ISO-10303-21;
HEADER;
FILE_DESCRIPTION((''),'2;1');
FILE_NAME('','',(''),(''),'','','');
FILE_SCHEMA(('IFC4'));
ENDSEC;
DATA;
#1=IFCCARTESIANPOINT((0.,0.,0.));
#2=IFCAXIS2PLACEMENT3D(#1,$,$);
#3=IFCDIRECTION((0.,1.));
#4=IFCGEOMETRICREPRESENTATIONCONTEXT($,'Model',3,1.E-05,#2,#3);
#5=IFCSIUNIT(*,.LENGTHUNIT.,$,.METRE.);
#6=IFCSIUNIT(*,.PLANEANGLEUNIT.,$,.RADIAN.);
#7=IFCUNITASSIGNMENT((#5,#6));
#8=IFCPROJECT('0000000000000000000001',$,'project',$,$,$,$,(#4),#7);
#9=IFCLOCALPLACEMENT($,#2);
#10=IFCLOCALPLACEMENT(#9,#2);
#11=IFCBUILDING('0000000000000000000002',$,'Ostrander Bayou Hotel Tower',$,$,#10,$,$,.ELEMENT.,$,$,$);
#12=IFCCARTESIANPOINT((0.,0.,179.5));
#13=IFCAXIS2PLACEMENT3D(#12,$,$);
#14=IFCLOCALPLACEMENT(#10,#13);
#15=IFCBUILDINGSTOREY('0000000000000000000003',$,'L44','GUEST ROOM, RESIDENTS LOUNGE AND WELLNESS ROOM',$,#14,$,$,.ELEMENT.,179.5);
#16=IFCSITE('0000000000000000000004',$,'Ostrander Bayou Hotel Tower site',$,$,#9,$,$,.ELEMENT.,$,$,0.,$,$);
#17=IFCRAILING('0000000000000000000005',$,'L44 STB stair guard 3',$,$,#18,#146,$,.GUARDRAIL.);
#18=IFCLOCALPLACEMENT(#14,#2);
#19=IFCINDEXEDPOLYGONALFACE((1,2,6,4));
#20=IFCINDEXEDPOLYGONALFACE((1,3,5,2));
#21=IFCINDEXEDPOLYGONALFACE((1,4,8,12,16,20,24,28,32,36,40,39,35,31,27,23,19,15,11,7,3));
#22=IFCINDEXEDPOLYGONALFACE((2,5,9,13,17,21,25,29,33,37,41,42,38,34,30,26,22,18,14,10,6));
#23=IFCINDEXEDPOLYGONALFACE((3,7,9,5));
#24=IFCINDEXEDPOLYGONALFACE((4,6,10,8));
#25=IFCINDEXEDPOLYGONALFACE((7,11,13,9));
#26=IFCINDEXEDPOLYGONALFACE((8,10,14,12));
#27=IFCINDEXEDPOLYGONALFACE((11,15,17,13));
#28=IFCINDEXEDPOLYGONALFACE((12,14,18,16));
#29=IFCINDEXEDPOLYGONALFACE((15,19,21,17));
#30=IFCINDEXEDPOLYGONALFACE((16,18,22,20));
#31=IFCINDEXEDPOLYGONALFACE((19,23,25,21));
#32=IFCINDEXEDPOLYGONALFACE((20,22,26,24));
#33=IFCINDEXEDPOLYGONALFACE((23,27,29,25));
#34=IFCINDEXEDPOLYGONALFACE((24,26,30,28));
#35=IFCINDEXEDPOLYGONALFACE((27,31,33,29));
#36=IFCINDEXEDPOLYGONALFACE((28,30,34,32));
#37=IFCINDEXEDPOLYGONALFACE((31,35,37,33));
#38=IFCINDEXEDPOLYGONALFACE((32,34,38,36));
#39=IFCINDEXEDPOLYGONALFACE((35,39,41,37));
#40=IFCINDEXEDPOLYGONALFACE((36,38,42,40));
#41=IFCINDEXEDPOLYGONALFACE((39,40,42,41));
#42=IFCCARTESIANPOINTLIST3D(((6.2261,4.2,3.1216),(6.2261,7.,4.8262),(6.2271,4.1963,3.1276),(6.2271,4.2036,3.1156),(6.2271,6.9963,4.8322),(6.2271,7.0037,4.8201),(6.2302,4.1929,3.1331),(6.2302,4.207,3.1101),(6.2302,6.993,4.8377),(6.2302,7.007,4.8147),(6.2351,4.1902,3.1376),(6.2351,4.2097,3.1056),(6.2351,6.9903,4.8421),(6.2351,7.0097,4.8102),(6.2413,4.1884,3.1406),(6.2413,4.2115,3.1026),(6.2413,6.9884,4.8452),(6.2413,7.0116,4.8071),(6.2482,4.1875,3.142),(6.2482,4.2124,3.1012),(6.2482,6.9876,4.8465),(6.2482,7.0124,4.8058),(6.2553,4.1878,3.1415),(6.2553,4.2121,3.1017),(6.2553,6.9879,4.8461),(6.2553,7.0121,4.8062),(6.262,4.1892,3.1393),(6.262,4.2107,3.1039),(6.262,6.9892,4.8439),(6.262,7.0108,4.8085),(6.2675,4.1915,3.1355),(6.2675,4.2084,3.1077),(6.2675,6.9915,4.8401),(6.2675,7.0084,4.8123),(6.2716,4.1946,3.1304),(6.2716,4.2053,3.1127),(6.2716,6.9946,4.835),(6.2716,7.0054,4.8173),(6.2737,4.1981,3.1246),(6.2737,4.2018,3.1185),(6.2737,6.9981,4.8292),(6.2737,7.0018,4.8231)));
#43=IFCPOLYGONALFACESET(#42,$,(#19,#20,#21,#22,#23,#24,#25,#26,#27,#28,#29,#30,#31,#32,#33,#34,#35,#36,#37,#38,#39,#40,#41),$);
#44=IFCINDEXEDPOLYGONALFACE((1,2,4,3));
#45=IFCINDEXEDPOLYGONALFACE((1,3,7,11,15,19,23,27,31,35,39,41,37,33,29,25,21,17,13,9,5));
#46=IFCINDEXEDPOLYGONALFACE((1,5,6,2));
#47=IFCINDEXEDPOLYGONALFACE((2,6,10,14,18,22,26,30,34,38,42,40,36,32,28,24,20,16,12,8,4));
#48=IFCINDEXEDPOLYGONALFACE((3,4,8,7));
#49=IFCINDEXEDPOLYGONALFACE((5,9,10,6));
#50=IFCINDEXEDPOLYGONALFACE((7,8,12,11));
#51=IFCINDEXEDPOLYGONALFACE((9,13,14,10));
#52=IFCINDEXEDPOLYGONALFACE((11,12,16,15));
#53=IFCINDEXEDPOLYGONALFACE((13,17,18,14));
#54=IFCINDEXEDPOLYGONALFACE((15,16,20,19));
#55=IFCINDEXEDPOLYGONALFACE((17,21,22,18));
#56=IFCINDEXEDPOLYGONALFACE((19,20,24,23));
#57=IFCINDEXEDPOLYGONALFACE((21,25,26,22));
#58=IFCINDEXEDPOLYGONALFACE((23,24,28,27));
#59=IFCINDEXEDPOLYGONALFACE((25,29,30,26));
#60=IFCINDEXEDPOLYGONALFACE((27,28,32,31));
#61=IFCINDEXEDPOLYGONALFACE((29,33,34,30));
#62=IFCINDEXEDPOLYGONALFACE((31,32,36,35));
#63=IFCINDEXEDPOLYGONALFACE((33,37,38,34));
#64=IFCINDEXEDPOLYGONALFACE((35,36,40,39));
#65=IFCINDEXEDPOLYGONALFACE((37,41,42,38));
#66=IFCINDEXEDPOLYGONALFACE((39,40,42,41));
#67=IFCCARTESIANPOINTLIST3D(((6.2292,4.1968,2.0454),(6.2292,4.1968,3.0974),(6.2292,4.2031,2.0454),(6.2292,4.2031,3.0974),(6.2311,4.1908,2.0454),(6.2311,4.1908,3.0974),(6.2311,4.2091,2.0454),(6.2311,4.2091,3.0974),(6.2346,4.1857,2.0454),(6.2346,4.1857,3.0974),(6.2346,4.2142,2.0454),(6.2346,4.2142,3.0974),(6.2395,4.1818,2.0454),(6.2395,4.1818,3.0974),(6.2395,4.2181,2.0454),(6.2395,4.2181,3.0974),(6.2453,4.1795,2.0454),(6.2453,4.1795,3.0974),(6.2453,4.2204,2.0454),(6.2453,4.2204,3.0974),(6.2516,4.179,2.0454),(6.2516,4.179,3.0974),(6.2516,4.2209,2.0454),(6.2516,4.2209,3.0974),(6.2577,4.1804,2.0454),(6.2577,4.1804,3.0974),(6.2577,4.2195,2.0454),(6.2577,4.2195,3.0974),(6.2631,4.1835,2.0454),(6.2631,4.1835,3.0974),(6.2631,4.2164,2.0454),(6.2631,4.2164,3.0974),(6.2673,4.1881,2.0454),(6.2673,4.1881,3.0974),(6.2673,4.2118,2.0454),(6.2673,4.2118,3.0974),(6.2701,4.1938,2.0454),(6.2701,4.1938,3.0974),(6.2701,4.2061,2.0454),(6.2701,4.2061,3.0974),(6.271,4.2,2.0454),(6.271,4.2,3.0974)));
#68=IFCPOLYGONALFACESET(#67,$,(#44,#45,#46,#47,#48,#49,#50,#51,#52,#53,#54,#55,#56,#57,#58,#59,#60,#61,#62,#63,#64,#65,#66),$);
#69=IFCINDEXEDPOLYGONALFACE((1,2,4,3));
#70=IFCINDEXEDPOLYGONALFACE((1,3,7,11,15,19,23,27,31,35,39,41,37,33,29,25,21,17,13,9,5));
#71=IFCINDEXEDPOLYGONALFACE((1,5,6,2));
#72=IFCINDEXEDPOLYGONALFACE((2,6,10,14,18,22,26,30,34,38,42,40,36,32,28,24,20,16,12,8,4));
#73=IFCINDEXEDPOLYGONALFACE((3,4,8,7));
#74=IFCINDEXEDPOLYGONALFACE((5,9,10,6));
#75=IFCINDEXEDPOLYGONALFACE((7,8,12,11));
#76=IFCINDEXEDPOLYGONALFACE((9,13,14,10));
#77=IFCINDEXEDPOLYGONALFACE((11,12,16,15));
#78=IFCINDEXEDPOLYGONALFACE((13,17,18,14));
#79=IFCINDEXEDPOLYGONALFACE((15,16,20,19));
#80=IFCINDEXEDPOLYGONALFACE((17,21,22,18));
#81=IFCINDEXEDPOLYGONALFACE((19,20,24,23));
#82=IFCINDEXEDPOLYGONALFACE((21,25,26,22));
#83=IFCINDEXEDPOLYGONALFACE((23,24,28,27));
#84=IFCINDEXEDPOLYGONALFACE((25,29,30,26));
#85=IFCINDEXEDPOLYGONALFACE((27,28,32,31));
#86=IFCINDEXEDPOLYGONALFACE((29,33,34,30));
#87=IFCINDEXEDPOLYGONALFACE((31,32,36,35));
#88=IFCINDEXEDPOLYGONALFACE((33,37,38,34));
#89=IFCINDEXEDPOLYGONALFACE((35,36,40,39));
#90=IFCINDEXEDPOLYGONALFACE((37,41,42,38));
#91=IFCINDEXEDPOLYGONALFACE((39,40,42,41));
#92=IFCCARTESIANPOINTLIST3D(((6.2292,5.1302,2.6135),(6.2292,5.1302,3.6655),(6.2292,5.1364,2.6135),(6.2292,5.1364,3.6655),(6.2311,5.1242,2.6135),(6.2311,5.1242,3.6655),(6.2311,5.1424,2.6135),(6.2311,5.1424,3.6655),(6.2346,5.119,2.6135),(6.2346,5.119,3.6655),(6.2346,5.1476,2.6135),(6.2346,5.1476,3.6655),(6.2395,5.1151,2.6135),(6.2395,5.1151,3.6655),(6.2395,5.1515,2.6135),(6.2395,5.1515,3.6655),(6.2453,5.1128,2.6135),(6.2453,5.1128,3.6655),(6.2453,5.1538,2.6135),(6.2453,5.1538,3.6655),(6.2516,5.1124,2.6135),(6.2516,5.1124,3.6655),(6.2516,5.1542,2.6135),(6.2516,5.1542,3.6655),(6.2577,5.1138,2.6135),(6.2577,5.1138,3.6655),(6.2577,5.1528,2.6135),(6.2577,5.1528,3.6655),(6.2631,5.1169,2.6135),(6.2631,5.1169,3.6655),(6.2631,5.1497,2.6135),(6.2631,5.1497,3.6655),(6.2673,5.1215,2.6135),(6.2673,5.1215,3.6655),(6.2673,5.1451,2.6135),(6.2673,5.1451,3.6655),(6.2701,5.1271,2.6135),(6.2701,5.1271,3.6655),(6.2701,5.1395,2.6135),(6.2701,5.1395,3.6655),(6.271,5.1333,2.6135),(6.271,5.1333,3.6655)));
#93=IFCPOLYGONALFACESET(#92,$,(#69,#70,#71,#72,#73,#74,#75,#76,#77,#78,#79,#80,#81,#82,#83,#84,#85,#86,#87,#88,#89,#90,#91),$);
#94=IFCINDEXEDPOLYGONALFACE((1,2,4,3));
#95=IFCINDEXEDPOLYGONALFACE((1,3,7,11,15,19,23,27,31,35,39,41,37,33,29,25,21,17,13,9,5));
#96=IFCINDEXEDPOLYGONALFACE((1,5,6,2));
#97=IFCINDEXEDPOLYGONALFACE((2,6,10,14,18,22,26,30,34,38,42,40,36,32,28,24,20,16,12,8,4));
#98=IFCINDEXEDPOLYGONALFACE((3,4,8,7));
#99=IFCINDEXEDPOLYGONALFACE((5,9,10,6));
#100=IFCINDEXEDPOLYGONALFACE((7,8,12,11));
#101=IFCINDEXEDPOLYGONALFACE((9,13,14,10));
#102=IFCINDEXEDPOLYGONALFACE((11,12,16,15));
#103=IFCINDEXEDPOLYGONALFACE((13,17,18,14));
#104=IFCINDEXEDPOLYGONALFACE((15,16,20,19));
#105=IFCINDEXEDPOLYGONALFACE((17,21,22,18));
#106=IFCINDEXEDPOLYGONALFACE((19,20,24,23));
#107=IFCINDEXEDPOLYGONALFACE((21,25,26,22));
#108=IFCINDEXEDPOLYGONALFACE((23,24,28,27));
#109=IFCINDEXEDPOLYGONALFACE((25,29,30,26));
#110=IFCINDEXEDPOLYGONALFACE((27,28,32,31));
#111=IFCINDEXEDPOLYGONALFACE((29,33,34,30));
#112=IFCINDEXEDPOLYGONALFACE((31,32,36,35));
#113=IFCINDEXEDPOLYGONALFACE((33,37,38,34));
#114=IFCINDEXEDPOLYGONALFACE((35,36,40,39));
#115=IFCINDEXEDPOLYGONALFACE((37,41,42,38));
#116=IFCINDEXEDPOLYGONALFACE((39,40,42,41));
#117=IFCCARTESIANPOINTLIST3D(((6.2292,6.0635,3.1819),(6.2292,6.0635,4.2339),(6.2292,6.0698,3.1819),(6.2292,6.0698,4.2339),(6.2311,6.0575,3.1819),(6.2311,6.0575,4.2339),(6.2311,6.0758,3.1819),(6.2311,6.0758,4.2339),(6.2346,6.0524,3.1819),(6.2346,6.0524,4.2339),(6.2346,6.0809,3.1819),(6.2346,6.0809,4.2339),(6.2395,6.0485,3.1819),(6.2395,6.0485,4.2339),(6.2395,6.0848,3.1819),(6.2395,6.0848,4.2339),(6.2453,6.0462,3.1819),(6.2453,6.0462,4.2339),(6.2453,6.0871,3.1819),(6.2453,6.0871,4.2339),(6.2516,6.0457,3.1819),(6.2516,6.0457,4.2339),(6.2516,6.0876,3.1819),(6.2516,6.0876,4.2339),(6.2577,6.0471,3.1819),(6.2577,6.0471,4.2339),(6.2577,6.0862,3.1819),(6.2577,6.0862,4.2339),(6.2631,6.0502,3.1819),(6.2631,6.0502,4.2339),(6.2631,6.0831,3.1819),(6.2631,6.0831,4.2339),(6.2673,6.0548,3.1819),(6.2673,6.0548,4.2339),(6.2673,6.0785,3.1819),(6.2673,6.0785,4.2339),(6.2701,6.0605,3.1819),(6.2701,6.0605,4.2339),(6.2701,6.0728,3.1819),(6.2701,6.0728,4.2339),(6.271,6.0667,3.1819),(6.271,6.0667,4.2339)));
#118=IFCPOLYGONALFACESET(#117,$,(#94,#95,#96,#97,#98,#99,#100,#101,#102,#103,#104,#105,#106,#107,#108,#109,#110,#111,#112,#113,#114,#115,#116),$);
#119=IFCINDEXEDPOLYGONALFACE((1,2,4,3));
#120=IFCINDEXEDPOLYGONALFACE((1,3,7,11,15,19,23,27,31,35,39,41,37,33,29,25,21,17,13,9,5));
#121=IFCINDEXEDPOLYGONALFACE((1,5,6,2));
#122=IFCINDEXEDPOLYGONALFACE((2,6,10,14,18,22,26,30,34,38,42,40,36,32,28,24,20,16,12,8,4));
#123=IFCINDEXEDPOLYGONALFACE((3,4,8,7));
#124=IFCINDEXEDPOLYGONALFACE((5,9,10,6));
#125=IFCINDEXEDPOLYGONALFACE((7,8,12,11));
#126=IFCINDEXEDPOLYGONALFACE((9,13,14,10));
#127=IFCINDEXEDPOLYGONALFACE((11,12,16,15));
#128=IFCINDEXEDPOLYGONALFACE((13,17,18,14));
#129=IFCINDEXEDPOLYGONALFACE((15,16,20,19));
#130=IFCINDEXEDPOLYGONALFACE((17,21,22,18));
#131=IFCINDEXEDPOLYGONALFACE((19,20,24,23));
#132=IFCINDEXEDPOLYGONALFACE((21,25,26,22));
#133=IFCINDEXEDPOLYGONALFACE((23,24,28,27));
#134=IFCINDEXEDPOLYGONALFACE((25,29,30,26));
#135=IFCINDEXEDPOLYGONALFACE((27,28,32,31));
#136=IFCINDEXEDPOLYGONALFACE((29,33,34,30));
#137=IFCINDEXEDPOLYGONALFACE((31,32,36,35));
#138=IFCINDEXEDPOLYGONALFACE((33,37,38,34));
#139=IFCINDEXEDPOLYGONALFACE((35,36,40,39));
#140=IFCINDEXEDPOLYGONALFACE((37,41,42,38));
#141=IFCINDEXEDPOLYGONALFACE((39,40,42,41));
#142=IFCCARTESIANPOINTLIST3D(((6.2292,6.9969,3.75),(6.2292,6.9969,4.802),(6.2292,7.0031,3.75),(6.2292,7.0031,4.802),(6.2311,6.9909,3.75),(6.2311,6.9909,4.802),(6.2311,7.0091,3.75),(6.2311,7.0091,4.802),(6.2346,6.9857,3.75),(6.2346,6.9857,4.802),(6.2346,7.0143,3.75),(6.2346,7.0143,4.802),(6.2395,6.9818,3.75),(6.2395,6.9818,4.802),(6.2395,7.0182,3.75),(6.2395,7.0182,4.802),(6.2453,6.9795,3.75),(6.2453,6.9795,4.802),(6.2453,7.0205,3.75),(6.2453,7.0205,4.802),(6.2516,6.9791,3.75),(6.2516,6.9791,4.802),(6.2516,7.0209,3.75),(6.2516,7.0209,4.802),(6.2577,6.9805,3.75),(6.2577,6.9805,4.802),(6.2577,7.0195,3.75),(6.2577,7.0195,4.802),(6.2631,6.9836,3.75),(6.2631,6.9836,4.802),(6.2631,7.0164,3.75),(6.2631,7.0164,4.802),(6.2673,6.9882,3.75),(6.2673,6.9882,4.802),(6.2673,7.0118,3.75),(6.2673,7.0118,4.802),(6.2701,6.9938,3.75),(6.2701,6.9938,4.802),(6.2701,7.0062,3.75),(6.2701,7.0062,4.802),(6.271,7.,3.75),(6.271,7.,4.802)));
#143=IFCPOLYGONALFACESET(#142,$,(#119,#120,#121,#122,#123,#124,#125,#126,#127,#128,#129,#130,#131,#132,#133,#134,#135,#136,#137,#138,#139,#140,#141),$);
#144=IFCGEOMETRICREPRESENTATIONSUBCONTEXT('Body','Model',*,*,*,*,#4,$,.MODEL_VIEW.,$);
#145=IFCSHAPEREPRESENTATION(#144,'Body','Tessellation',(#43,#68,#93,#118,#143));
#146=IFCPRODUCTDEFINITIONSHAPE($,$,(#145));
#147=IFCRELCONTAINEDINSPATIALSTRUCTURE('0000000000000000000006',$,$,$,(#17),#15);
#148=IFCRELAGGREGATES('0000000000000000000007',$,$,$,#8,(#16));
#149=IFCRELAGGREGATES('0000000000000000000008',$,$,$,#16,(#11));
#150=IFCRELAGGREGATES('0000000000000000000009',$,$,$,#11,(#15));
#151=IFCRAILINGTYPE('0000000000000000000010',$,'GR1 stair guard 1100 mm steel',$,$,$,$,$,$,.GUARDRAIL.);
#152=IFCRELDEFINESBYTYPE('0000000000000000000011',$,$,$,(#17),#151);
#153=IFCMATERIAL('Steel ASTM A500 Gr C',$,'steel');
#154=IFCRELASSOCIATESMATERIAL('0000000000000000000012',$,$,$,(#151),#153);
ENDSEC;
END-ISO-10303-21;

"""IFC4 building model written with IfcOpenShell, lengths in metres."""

from ifc_helpers import new_model, si_unit, direction, frame, origin, origin_2d, place, context, subcontext, project, spatial, circle, extrude, material, type_object, element, save


model = new_model("IFC4")

# Units and contexts
model_context = context("Model", 3, precision=1e-05, world=origin(), true_north=direction((0.0, 1.0)))
body_context = subcontext(model_context, "Body", "Model", "MODEL_VIEW")
ifc_project = project(units=[si_unit("LENGTHUNIT", "METRE"), si_unit("PLANEANGLEUNIT", "RADIAN")], contexts=[model_context])

# Site, building, storey
site_placement = place(None, origin())
site = spatial("IfcSite", under=ifc_project, at=site_placement, Name="Ostrander Bayou Hotel Tower site", CompositionType="ELEMENT", RefElevation=0.0)
building_placement = place(site_placement, origin())
building = spatial("IfcBuilding", under=site, at=building_placement, Name="Ostrander Bayou Hotel Tower", CompositionType="ELEMENT")
storey_placement = place(building_placement, frame((0.0, 0.0, 179.5)))
storey = spatial("IfcBuildingStorey", under=building, at=storey_placement, Name="L44", Description="GUEST ROOM, RESIDENTS LOUNGE AND WELLNESS ROOM", CompositionType="ELEMENT", Elevation=179.5)

# Railing
ifc_material_1 = material(Name="Steel ASTM A500 Gr C", Category="steel")
railing_type_1 = type_object("IfcRailingType", Name="GR1 stair guard 1100 mm steel", PredefinedType="GUARDRAIL", material=ifc_material_1)
railing_1_placement = place(storey_placement, frame((6.25, 4.2, 2.0454)))
element("IfcRailing", 1, at=railing_1_placement, inside=storey, type_object=railing_type_1, Name="L44 STB stair guard 3", PredefinedType="GUARDRAIL", context=body_context, shape_type="SweptSolid", body=[
    extrude(circle(Radius=0.0239, at=origin_2d()), frame((0.0, 0.0, 1.0762), z_axis=(0.0, 0.85417, 0.519994), x_axis=(-1.0, 0.0, 0.0)), (0.0, 0.0, 1.0), 3.2781),
    extrude(circle(Radius=0.021, at=origin_2d()), origin(), (0.0, 0.0, 1.0), 1.052),
    extrude(circle(Radius=0.021, at=origin_2d()), frame((0.0, 0.9333, 0.5681)), (0.0, 0.0, 1.0), 1.052),
    extrude(circle(Radius=0.021, at=origin_2d()), frame((0.0, 1.8667, 1.1365)), (0.0, 0.0, 1.0), 1.052),
    extrude(circle(Radius=0.021, at=origin_2d()), frame((0.0, 2.8, 1.7046)), (0.0, 0.0, 1.0), 1.052),
])

save(model, "model.ifc")
